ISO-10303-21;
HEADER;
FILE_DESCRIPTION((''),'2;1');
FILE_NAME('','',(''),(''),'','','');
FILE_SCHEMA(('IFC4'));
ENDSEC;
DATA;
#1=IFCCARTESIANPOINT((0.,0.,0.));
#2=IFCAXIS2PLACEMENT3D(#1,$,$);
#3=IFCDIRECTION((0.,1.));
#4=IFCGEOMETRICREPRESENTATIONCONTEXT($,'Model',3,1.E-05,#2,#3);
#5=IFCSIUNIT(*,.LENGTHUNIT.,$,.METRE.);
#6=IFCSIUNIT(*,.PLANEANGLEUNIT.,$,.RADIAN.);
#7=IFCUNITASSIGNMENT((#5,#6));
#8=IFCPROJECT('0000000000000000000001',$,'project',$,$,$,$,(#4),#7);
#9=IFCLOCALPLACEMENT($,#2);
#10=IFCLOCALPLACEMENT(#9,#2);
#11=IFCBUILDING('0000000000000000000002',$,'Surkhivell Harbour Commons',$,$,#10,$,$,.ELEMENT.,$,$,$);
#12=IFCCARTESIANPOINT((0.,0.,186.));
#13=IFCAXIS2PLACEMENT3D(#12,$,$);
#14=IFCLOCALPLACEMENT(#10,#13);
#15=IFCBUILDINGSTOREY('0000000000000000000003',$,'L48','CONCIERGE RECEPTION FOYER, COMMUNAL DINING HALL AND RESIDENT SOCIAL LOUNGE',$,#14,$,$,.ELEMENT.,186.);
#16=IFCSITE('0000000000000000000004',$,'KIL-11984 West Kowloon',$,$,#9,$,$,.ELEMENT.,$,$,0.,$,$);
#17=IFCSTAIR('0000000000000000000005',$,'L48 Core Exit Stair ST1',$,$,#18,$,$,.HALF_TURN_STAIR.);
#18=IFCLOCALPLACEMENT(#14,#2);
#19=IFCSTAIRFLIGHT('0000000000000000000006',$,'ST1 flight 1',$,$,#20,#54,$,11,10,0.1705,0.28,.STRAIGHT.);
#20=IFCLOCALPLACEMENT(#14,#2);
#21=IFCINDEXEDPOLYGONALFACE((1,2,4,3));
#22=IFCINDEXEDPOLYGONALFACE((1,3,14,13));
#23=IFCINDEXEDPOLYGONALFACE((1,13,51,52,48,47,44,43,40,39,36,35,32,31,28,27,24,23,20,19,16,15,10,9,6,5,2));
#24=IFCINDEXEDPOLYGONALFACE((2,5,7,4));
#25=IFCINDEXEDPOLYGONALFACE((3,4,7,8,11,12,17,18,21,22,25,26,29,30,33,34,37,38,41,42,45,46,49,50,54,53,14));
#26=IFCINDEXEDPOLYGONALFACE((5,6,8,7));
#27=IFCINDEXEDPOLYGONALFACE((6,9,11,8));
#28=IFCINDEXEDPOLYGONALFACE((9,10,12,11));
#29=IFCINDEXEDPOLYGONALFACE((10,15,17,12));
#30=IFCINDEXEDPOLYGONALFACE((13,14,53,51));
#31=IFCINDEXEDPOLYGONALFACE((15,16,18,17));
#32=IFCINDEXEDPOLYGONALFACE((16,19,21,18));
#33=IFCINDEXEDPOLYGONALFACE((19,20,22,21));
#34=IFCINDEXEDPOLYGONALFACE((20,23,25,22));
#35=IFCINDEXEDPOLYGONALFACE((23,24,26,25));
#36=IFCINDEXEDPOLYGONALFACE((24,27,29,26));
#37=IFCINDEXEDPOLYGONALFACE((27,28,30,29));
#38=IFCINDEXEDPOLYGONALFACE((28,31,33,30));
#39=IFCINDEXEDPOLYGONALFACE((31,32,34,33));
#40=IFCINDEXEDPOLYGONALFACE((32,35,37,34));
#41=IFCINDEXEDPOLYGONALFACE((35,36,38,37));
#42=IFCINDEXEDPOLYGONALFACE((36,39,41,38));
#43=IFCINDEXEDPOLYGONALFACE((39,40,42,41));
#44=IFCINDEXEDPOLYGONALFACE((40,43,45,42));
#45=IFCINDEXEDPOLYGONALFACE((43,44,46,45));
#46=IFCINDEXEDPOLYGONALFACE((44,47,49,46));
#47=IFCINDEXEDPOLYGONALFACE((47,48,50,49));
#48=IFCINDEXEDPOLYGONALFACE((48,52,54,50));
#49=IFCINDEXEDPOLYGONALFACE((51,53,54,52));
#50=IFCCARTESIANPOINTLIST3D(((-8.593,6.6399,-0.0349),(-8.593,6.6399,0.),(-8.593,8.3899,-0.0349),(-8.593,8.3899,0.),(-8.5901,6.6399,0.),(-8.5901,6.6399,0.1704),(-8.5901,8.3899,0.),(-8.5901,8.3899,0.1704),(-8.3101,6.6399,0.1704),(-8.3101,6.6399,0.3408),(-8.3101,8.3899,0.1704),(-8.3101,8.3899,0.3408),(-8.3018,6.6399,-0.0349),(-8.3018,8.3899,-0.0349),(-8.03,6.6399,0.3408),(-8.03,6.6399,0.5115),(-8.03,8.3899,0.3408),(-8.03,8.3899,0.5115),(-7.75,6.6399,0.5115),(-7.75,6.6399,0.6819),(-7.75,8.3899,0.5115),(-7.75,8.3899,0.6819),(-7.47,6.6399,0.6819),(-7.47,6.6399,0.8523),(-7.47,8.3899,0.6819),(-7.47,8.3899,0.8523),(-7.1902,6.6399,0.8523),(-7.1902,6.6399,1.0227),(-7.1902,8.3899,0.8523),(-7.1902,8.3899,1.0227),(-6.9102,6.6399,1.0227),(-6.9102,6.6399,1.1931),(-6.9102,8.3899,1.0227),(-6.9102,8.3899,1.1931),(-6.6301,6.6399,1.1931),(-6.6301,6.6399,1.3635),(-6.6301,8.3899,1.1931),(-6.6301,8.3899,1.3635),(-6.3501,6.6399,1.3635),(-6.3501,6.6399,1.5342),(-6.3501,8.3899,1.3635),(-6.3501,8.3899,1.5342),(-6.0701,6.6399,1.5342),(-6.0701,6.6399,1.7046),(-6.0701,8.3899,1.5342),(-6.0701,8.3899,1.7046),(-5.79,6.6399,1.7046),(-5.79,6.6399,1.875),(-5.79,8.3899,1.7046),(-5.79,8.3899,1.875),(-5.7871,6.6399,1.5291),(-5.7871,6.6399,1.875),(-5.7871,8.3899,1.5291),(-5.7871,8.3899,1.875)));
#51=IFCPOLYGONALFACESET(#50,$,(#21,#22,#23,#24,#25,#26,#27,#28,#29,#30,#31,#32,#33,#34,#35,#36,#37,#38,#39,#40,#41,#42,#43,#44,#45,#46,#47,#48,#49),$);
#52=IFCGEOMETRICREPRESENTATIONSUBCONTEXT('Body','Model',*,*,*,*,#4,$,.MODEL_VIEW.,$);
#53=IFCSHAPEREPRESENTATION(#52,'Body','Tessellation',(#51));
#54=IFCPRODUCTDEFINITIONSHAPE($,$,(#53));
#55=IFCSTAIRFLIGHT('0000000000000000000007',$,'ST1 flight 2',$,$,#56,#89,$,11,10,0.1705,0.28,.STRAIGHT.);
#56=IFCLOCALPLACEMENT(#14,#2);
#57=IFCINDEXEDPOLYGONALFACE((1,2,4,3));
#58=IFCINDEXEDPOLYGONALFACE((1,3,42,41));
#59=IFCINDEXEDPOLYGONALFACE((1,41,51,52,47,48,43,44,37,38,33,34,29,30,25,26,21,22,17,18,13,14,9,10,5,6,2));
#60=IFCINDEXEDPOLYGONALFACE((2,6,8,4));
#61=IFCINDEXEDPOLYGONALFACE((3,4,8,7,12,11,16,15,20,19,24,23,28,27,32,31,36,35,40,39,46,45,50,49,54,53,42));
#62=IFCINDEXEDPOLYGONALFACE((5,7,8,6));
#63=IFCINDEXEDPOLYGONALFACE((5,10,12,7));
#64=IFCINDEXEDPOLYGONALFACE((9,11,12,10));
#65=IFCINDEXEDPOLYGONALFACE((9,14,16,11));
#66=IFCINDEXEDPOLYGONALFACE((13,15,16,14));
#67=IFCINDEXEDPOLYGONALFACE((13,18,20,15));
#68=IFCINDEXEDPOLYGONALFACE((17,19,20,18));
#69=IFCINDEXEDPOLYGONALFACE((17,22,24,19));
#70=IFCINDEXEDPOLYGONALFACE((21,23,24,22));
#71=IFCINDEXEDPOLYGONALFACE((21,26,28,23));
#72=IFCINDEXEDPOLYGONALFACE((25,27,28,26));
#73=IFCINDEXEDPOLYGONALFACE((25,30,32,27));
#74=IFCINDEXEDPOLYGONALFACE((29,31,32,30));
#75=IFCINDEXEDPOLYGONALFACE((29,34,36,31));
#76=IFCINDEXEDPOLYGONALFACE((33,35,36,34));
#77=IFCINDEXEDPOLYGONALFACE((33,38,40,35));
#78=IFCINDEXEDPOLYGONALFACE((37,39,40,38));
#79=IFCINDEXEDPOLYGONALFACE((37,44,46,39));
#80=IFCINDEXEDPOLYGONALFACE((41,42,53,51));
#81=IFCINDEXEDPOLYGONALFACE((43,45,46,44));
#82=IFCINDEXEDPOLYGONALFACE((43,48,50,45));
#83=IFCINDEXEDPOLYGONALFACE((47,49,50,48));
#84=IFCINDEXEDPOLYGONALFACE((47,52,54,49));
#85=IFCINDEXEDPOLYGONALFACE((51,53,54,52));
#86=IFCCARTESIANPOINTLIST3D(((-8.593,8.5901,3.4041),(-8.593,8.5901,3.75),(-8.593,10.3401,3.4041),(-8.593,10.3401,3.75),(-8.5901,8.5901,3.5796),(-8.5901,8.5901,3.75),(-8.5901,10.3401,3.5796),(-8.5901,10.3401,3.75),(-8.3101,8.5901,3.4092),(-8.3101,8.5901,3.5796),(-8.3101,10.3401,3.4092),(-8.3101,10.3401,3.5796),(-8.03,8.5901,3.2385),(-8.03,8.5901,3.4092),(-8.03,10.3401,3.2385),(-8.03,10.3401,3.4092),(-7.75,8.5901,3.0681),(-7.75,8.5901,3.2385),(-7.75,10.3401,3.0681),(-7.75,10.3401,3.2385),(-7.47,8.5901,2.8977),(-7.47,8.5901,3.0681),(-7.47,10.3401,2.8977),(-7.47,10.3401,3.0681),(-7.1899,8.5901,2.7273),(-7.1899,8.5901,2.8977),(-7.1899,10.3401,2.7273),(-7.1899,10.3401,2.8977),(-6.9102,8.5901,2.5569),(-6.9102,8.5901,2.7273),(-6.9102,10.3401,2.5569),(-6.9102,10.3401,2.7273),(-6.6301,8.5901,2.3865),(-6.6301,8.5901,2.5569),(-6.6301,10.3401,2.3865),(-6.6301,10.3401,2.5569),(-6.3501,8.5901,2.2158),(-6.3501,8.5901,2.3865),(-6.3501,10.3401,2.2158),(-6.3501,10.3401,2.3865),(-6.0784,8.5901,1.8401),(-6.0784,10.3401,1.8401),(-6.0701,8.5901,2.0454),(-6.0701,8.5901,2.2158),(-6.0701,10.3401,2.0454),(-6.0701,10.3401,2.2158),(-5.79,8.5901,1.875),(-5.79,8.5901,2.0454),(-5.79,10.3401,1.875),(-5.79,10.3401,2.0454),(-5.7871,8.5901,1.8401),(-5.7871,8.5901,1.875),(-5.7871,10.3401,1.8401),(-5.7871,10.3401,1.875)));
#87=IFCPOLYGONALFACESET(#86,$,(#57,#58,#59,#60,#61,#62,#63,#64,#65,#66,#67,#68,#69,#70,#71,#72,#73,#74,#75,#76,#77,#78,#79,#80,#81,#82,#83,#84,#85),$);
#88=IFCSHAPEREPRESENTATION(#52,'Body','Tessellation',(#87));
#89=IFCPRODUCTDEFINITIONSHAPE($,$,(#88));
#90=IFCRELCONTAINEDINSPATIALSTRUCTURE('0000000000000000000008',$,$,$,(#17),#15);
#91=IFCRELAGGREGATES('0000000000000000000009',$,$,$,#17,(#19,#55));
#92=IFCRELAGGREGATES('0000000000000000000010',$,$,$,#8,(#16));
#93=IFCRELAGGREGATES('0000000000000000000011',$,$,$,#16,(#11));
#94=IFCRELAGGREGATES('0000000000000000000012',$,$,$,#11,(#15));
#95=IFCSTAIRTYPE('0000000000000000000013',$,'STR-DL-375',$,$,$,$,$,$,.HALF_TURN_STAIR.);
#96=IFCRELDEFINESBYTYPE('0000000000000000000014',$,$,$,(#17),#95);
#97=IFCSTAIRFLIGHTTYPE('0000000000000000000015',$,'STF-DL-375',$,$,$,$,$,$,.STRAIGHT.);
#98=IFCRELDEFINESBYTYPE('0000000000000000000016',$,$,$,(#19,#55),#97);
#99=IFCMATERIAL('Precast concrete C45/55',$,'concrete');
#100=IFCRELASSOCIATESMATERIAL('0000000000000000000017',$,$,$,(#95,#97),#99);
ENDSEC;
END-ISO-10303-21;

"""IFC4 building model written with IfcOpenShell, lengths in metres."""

from ifc_helpers import new_model, si_unit, direction, frame, origin, place, context, subcontext, project, spatial, polyline, outline, extrude, material, type_object, element, aggregate, save


model = new_model("IFC4")

# Units and contexts
model_context = context("Model", 3, precision=1e-05, world=origin(), true_north=direction((0.0, 1.0)))
body_context = subcontext(model_context, "Body", "Model", "MODEL_VIEW")
ifc_project = project(units=[si_unit("LENGTHUNIT", "METRE"), si_unit("PLANEANGLEUNIT", "RADIAN")], contexts=[model_context])

# Site, building, storey
site_placement = place(None, origin())
site = spatial("IfcSite", under=ifc_project, at=site_placement, Name="KIL-11984 West Kowloon", CompositionType="ELEMENT", RefElevation=0.0)
building_placement = place(site_placement, origin())
building = spatial("IfcBuilding", under=site, at=building_placement, Name="Surkhivell Harbour Commons", CompositionType="ELEMENT")
storey_placement = place(building_placement, frame((0.0, 0.0, 186.0)))
storey = spatial("IfcBuildingStorey", under=building, at=storey_placement, Name="L48", Description="CONCIERGE RECEPTION FOYER, COMMUNAL DINING HALL AND RESIDENT SOCIAL LOUNGE", CompositionType="ELEMENT", Elevation=186.0)

# Stair, stair flights
ifc_material_1 = material(Name="Precast concrete C45/55", Category="concrete")
stair_type = type_object("IfcStairType", Name="STR-DL-375", PredefinedType="HALF_TURN_STAIR", material=ifc_material_1)
stair_placement = place(storey_placement, origin())
stair = element("IfcStair", 1, at=stair_placement, inside=storey, type_object=stair_type, Name="L48 Core Exit Stair ST1", PredefinedType="HALF_TURN_STAIR")
stair_flight_type = type_object("IfcStairFlightType", Name="STF-DL-375", PredefinedType="STRAIGHT", material=ifc_material_1)
stair_flight_1_placement = place(storey_placement, frame((-8.5901, 7.5149, 0.0), z_axis=(0.0, 0.0, 1.0), x_axis=(1.0, 0.0, 0.0)))
stair_flight_1 = element("IfcStairFlight", 2, at=stair_flight_1_placement, type_object=stair_flight_type, Name="ST1 flight 1", NumberOfRisers=11, NumberOfTreads=10, PredefinedType="STRAIGHT", RiserHeight=0.1705, TreadLength=0.28, context=body_context, shape_type="SweptSolid", body=[
    extrude(outline(polyline([(-0.0029, -0.0349), (-0.0029, 0.0), (0.0, 0.0), (0.0, 0.1704), (0.28, 0.1704), (0.28, 0.3408), (0.5601, 0.3408), (0.5601, 0.5115), (0.8401, 0.5115), (0.8401, 0.6819), (1.1201, 0.6819), (1.1201, 0.8523), (1.3999, 0.8523), (1.3999, 1.0227), (1.6799, 1.0227), (1.6799, 1.1931), (1.96, 1.1931), (1.96, 1.3635), (2.24, 1.3635), (2.24, 1.5342), (2.52, 1.5342), (2.52, 1.7046), (2.8, 1.7046), (2.8, 1.875), (2.803, 1.875), (2.803, 1.5291), (0.2883, -0.0349), (-0.0029, -0.0349)])), frame((0.0, 0.875, 0.0), z_axis=(0.0, -1.0, 0.0), x_axis=(1.0, 0.0, 0.0)), (0.0, 0.0, 1.0), 1.75),
])
stair_flight_2_placement = place(storey_placement, frame((-5.79, 9.4651, 1.875), z_axis=(0.0, 0.0, 1.0), x_axis=(-1.0, 0.0, 0.0)))
stair_flight_2 = element("IfcStairFlight", 3, at=stair_flight_2_placement, type_object=stair_flight_type, Name="ST1 flight 2", NumberOfRisers=11, NumberOfTreads=10, PredefinedType="STRAIGHT", RiserHeight=0.1705, TreadLength=0.28, context=body_context, shape_type="SweptSolid", body=[
    extrude(outline(polyline([(-0.0029, -0.0349), (-0.0029, 0.0), (0.0, 0.0), (0.0, 0.1704), (0.28, 0.1704), (0.28, 0.3408), (0.5601, 0.3408), (0.5601, 0.5115), (0.8401, 0.5115), (0.8401, 0.6819), (1.1201, 0.6819), (1.1201, 0.8523), (1.3999, 0.8523), (1.3999, 1.0227), (1.6799, 1.0227), (1.6799, 1.1931), (1.96, 1.1931), (1.96, 1.3635), (2.24, 1.3635), (2.24, 1.5342), (2.52, 1.5342), (2.52, 1.7046), (2.8, 1.7046), (2.8, 1.875), (2.803, 1.875), (2.803, 1.5291), (0.2883, -0.0349), (-0.0029, -0.0349)])), frame((0.0, 0.875, 0.0), z_axis=(0.0, -1.0, 0.0), x_axis=(1.0, 0.0, 0.0)), (0.0, 0.0, 1.0), 1.75),
])
aggregate(stair, [stair_flight_1, stair_flight_2])

save(model, "model.ifc")
